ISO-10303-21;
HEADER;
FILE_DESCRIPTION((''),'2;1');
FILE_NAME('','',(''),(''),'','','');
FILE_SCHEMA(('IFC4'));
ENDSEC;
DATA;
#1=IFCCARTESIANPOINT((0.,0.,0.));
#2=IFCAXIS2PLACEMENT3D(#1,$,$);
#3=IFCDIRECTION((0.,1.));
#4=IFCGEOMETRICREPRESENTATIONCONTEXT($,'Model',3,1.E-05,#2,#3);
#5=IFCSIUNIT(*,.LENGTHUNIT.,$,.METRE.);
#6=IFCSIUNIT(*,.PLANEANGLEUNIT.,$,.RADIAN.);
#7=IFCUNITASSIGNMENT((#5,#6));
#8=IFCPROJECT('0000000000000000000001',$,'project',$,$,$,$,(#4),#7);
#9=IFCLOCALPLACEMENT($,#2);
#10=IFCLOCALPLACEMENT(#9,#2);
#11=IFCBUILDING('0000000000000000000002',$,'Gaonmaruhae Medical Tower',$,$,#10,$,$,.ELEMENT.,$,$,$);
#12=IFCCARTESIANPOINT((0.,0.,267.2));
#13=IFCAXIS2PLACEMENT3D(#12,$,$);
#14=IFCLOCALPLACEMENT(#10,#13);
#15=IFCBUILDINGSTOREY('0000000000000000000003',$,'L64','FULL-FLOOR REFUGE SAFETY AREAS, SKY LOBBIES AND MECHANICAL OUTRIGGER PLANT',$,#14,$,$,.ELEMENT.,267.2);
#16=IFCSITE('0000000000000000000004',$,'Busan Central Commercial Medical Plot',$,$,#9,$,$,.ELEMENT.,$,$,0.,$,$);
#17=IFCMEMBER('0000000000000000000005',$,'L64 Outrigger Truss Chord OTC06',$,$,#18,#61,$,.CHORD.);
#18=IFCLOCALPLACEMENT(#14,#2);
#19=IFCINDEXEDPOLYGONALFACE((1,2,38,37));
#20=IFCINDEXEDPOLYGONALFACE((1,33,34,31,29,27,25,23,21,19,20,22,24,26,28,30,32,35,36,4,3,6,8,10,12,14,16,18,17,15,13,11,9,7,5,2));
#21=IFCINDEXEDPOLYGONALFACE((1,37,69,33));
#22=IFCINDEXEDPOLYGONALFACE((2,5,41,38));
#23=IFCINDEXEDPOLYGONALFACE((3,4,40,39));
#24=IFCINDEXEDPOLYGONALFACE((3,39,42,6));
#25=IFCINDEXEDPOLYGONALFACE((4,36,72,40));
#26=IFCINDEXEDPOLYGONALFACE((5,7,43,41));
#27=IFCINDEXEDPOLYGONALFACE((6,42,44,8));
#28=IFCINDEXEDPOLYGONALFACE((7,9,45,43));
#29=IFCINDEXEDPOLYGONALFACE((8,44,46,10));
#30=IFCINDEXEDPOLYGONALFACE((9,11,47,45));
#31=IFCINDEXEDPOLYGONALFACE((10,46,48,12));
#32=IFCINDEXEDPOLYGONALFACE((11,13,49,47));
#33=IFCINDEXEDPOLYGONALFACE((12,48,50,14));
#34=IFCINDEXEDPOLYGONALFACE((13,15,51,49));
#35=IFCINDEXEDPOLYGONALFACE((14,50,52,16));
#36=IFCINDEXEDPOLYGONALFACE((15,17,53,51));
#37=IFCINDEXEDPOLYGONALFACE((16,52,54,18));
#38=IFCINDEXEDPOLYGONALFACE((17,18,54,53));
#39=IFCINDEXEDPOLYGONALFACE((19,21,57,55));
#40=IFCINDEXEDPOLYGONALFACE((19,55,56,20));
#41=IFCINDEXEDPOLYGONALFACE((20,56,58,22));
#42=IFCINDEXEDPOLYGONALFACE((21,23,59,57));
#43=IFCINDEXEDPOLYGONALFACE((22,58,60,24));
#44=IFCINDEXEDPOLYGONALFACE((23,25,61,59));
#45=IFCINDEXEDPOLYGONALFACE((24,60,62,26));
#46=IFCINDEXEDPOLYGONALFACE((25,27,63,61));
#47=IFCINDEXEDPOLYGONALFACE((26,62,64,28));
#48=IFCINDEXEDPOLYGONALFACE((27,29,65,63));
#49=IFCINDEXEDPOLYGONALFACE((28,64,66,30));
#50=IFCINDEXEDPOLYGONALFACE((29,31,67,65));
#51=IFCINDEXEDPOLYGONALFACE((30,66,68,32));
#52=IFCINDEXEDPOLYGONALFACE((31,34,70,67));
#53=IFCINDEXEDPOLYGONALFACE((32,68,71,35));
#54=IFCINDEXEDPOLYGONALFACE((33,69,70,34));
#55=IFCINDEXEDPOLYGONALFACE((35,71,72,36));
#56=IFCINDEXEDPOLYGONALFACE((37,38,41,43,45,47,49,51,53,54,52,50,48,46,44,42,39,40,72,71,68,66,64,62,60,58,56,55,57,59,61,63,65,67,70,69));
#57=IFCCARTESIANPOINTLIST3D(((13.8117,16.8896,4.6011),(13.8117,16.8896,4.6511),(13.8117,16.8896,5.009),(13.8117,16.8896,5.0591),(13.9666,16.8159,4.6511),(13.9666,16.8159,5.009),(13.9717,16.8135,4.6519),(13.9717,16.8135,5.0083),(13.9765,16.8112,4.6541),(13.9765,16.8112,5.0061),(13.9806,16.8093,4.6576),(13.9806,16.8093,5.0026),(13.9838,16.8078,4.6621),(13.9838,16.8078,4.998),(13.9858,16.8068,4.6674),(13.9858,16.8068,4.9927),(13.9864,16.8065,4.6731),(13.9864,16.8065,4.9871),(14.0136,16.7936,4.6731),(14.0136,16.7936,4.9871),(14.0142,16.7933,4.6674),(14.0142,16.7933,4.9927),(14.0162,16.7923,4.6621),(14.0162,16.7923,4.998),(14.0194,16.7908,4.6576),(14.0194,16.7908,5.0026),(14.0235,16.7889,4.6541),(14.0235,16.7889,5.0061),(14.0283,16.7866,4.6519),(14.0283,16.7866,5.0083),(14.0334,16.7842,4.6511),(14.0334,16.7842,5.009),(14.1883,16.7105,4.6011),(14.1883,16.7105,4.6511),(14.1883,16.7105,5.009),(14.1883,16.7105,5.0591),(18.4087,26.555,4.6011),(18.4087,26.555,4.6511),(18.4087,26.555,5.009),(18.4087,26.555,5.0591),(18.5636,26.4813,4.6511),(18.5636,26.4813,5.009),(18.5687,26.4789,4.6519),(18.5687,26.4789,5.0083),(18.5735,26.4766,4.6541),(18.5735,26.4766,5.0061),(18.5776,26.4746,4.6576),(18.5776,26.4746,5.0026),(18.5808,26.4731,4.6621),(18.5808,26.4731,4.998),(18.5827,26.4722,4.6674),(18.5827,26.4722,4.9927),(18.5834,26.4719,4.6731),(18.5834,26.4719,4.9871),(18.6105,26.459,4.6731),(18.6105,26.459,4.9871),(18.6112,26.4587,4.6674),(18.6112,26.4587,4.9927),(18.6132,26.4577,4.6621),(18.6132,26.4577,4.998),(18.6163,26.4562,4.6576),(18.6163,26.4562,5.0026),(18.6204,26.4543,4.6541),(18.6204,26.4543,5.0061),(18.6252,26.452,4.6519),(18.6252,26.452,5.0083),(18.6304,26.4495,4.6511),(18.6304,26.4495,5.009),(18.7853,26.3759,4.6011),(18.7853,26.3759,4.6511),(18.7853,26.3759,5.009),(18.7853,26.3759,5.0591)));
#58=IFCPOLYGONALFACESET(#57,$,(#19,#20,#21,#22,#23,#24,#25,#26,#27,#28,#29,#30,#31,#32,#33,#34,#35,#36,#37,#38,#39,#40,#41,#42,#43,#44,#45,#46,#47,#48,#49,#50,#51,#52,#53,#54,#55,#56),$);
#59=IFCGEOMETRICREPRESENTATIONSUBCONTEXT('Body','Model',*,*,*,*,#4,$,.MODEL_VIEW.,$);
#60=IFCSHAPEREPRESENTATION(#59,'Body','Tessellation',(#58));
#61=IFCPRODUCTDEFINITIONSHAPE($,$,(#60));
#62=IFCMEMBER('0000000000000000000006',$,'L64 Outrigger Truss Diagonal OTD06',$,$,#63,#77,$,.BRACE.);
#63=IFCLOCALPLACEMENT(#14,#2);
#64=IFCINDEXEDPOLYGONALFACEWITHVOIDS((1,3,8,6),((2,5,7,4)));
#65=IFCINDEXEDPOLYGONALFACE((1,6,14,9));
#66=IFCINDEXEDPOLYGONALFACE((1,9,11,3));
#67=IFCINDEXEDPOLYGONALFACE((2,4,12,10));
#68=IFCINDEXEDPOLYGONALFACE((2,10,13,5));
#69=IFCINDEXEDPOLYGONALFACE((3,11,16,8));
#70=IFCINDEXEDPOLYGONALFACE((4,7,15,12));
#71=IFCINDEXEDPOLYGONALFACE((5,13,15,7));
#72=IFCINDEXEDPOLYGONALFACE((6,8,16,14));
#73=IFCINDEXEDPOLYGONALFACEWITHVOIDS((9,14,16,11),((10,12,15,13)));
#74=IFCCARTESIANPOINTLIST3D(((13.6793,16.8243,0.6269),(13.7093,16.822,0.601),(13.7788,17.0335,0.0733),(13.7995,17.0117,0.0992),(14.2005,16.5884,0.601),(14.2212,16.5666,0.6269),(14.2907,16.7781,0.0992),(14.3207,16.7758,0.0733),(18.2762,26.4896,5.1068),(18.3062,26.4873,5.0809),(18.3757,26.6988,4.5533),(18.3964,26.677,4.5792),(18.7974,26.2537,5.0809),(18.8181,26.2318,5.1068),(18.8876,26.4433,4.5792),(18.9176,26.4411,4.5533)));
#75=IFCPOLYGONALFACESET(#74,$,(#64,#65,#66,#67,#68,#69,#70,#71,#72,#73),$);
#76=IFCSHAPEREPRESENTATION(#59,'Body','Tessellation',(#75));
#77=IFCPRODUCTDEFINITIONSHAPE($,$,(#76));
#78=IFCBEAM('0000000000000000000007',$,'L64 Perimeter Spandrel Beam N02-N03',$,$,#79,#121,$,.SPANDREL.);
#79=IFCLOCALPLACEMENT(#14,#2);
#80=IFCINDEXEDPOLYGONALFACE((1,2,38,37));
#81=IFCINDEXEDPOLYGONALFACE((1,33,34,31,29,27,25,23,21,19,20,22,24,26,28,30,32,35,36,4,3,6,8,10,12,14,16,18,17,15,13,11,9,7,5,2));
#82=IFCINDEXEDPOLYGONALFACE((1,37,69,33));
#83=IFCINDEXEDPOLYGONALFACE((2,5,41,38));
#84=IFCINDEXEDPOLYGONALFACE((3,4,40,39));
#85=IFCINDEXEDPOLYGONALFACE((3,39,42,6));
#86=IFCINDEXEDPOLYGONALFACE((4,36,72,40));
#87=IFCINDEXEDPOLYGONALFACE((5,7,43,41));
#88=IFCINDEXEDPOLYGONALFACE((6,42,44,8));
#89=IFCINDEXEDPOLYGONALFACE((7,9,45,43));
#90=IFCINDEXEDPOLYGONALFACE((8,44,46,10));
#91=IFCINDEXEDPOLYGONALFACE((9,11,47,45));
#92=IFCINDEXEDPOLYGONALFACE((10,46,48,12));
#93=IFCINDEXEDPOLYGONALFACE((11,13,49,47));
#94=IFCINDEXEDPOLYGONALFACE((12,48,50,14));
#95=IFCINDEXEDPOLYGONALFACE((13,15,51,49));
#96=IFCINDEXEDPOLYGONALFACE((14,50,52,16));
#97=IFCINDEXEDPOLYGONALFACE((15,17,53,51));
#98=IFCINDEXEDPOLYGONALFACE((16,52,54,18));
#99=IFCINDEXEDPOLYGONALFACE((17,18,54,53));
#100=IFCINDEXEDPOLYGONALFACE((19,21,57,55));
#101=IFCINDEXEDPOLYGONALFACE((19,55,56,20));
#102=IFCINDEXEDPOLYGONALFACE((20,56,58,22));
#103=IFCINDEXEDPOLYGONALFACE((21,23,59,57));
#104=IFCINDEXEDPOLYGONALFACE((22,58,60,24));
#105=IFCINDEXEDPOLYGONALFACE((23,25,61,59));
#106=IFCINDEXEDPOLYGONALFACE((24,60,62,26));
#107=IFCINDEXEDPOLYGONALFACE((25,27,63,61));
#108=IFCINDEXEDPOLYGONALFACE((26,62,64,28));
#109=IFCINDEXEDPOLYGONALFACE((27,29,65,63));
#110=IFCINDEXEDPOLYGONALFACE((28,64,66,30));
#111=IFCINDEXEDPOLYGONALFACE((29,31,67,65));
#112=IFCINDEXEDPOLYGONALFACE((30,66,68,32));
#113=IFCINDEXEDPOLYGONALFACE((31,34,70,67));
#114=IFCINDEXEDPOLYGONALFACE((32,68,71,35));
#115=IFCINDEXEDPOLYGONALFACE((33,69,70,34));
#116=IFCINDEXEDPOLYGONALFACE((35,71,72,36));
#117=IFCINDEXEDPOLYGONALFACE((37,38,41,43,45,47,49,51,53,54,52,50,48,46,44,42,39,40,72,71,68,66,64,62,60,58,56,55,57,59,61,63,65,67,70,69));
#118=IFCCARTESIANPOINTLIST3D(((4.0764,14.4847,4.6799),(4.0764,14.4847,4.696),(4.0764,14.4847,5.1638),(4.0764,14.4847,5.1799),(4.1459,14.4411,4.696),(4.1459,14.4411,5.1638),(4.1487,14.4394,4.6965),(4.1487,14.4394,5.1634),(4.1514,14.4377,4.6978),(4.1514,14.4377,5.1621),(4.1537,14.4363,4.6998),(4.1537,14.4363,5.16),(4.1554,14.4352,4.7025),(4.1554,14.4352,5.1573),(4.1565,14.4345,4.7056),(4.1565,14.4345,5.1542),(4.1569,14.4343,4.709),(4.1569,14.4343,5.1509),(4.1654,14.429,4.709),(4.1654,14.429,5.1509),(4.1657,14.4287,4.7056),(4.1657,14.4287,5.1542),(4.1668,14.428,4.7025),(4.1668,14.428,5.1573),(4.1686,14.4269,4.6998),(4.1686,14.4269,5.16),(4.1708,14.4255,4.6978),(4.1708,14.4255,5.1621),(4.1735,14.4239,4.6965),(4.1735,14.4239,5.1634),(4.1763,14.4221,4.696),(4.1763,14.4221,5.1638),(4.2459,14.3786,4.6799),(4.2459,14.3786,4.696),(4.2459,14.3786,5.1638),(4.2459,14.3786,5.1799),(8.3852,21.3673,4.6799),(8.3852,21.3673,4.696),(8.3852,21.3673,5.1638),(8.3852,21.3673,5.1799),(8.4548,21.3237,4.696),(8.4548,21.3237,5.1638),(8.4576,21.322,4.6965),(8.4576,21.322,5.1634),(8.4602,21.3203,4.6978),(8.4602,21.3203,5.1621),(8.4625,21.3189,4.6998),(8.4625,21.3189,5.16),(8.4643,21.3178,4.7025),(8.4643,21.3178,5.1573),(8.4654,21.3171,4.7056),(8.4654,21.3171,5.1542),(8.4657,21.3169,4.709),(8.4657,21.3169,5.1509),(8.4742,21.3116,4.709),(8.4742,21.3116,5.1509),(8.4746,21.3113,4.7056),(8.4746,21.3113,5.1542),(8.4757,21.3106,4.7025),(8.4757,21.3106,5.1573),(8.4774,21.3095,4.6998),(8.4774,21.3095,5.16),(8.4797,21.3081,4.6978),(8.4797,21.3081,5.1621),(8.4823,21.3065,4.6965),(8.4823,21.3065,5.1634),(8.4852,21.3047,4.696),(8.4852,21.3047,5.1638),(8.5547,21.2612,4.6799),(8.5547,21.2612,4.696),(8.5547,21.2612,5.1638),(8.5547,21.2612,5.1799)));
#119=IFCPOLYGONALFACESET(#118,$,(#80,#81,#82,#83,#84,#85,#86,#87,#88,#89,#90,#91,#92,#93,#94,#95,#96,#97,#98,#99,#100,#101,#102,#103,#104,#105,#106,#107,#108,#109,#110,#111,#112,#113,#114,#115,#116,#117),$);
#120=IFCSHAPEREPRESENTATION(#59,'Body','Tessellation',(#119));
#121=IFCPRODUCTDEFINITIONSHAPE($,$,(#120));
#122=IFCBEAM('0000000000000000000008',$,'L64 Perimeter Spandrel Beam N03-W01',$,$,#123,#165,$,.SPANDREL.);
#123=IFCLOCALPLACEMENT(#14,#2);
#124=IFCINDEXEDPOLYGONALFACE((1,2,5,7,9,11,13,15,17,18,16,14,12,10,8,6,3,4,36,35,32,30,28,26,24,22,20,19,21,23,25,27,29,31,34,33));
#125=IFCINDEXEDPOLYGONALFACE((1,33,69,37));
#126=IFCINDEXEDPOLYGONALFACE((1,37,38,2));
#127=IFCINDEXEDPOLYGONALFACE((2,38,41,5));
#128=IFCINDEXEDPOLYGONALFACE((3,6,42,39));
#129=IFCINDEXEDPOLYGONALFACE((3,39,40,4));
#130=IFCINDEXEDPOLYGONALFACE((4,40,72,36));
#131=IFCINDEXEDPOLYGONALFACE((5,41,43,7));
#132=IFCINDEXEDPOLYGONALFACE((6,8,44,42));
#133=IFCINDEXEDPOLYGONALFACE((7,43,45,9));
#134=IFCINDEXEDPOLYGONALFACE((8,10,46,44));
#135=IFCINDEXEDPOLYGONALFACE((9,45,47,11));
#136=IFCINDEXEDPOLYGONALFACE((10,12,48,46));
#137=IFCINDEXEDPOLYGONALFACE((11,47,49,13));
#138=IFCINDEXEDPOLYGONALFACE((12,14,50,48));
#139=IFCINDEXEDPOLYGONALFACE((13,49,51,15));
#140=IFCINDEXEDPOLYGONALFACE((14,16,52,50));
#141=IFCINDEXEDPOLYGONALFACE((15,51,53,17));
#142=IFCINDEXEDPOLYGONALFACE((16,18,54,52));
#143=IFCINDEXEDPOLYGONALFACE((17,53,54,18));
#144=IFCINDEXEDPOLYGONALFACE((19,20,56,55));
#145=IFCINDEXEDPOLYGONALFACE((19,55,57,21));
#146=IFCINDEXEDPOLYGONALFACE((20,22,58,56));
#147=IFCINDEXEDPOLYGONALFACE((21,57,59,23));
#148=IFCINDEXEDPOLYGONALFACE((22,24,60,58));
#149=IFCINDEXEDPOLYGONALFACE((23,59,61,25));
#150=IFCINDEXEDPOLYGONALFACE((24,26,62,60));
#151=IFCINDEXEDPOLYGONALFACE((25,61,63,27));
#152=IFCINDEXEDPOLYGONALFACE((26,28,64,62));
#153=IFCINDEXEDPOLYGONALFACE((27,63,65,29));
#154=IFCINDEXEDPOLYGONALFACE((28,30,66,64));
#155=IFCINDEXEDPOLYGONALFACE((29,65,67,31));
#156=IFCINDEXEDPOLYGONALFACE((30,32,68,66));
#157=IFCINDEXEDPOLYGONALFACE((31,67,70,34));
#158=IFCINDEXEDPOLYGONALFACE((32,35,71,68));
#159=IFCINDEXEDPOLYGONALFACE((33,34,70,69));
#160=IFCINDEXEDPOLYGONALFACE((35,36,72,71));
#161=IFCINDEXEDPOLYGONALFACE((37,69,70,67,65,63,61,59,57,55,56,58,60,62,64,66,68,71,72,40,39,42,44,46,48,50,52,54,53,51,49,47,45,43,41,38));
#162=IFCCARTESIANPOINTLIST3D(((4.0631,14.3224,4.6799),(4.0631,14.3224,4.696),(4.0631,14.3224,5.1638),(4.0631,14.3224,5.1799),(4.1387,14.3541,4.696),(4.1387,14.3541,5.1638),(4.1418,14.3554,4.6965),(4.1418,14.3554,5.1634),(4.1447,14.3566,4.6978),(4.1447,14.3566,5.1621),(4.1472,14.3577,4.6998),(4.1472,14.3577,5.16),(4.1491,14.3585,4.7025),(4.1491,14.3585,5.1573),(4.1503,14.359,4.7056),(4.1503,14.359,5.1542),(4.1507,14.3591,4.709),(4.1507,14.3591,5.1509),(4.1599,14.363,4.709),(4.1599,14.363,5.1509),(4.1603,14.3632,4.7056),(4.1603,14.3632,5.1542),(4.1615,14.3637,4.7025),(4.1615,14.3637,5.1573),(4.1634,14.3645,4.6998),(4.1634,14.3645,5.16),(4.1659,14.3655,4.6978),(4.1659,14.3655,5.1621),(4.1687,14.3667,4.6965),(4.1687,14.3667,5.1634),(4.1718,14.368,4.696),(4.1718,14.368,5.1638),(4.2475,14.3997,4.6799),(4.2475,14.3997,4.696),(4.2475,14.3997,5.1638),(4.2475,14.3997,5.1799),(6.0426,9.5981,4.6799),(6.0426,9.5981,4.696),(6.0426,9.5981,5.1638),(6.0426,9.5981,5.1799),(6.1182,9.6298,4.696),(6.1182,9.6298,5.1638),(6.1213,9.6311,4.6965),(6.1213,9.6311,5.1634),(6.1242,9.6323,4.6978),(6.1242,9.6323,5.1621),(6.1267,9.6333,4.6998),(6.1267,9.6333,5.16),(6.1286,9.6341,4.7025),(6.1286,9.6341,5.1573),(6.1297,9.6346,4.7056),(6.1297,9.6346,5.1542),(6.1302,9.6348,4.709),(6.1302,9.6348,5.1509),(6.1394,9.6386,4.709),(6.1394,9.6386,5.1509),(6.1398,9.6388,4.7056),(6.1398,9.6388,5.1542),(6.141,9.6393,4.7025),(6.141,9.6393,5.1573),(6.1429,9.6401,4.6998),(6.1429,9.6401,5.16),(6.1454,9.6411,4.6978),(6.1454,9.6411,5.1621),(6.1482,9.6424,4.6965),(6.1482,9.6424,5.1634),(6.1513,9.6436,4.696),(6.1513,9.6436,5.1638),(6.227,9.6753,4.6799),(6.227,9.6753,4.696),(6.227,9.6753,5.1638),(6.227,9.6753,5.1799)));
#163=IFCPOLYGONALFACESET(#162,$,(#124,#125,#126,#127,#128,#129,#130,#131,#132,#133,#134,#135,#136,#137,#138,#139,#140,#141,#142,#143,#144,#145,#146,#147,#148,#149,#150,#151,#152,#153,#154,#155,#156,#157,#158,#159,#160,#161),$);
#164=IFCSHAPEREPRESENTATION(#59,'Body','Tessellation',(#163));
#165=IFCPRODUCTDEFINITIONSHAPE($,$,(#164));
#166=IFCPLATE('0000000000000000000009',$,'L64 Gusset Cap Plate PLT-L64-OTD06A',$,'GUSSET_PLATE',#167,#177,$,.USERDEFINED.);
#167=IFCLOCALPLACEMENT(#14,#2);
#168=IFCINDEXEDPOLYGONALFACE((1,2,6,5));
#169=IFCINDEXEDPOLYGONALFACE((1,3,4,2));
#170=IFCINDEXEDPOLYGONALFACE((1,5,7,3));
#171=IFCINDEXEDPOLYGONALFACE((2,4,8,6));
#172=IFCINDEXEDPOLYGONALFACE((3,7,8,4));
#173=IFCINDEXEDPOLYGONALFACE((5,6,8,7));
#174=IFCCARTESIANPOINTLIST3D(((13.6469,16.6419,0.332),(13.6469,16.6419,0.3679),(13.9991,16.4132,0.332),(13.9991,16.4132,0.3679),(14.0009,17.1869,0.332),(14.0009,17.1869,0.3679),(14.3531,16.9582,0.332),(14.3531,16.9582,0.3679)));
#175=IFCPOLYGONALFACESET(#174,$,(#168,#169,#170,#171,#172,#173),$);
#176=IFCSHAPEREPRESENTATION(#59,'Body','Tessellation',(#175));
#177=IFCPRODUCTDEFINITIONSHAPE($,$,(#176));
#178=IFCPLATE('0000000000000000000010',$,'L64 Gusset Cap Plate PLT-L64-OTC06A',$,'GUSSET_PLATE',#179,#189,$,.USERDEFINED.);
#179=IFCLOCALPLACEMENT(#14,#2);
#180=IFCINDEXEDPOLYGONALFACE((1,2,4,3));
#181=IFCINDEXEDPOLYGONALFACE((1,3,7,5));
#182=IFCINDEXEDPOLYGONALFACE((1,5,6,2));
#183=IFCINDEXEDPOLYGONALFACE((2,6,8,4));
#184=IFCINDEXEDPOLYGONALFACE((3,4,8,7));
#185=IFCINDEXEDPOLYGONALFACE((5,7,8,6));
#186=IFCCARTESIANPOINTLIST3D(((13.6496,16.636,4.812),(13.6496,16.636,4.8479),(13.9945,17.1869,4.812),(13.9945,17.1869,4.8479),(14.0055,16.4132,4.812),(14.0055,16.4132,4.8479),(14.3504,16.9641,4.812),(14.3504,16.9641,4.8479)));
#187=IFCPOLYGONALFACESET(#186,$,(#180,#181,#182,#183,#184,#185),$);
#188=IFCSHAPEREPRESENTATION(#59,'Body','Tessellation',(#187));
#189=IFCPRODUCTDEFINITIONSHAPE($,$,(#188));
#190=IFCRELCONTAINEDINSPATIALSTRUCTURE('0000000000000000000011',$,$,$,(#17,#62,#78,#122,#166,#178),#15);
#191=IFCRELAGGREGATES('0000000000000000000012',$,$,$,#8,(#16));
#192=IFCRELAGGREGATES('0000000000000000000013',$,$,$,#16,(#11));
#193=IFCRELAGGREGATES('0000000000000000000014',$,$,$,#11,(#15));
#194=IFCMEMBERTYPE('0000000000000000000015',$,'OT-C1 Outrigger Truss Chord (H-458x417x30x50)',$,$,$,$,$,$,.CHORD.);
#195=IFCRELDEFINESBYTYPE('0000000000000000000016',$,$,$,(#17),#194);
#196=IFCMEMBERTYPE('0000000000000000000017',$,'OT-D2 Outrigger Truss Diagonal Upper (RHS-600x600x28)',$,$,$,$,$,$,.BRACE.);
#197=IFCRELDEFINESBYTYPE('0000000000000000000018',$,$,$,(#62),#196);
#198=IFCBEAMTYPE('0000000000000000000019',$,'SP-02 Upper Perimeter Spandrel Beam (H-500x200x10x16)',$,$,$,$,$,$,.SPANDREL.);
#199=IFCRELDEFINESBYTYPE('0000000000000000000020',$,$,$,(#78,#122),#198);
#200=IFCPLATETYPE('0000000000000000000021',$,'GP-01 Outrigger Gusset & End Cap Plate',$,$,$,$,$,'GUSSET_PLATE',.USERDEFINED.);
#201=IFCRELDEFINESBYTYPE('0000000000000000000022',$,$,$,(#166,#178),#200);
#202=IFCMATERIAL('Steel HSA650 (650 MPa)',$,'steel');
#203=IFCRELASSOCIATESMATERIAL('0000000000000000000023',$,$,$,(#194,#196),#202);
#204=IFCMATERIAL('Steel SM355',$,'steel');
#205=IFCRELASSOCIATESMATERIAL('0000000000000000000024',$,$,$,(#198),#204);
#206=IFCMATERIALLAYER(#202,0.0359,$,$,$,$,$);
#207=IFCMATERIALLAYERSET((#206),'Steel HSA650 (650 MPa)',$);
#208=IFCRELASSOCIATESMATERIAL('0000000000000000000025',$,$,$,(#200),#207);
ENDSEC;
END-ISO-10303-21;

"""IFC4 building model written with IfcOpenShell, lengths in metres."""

from ifc_helpers import new_model, si_unit, direction, frame, origin, origin_2d, place, context, subcontext, project, spatial, rectangle, hollow_rectangle, i_section, extrude, material, layer, layer_set, material_profile, profile_set, type_object, element, save


model = new_model("IFC4")

# Units and contexts
model_context = context("Model", 3, precision=1e-05, world=origin(), true_north=direction((0.0, 1.0)))
body_context = subcontext(model_context, "Body", "Model", "MODEL_VIEW")
ifc_project = project(units=[si_unit("LENGTHUNIT", "METRE"), si_unit("PLANEANGLEUNIT", "RADIAN")], contexts=[model_context])

# Site, building, storey
site_placement = place(None, origin())
site = spatial("IfcSite", under=ifc_project, at=site_placement, Name="Busan Central Commercial Medical Plot", CompositionType="ELEMENT", RefElevation=0.0)
building_placement = place(site_placement, origin())
building = spatial("IfcBuilding", under=site, at=building_placement, Name="Gaonmaruhae Medical Tower", CompositionType="ELEMENT")
storey_placement = place(building_placement, frame((0.0, 0.0, 267.2)))
storey = spatial("IfcBuildingStorey", under=building, at=storey_placement, Name="L64", Description="FULL-FLOOR REFUGE SAFETY AREAS, SKY LOBBIES AND MECHANICAL OUTRIGGER PLANT", CompositionType="ELEMENT", Elevation=267.2)

# Shared definitions
ifc_material_1 = material(Name="Steel HSA650 (650 MPa)", Category="steel")

# Members
ifc_material_profile_1 = material_profile(ifc_material_1, i_section(OverallWidth=0.417, OverallDepth=0.458, WebThickness=0.03, FlangeThickness=0.05, FilletRadius=0.022, at=origin_2d()), Name="H-458x417x30x50")
ifc_profile_set_1 = profile_set([ifc_material_profile_1], Name="Steel HSA650 (650 MPa)")
member_type_1 = type_object("IfcMemberType", Name="OT-C1 Outrigger Truss Chord (H-458x417x30x50)", PredefinedType="CHORD", material=ifc_profile_set_1)
member_1_placement = place(storey_placement, frame((14.0, 16.8, 4.8301), z_axis=(0.429508, 0.903063, 0.0), x_axis=(-0.903063, 0.429508, 0.0)))
element("IfcMember", 1, at=member_1_placement, inside=storey, type_object=member_type_1, Name="L64 Outrigger Truss Chord OTC06", PredefinedType="CHORD", context=body_context, shape_type="SweptSolid", body=[
    extrude(i_section(OverallWidth=0.417, OverallDepth=0.458, WebThickness=0.03, FlangeThickness=0.05, FilletRadius=0.022, at=origin_2d()), origin(), (0.0, 0.0, 1.0), 10.7029),
])
ifc_material_profile_2 = material_profile(ifc_material_1, hollow_rectangle(XDim=0.6001, YDim=0.6001, WallThickness=0.0281, at=origin_2d()), Name="RHS-600x600x28")
ifc_profile_set_2 = profile_set([ifc_material_profile_2], Name="Steel HSA650 (650 MPa)")
member_type_2 = type_object("IfcMemberType", Name="OT-D2 Outrigger Truss Diagonal Upper (RHS-600x600x28)", PredefinedType="BRACE", material=ifc_profile_set_2)
member_2_placement = place(storey_placement, frame((14.0, 16.8, 0.3501), z_axis=(0.396199, 0.83303, 0.38612), x_axis=(-0.903063, 0.429508, 0.0)))
element("IfcMember", 2, at=member_2_placement, inside=storey, type_object=member_type_2, Name="L64 Outrigger Truss Diagonal OTD06", PredefinedType="BRACE", context=body_context, shape_type="SweptSolid", body=[
    extrude(hollow_rectangle(XDim=0.6001, YDim=0.6001, WallThickness=0.0281, at=origin_2d()), origin(), (0.0, 0.0, 1.0), 11.6025),
])

# Beams
ifc_material_2 = material(Name="Steel SM355", Category="steel")
ifc_material_profile_3 = material_profile(ifc_material_2, i_section(OverallWidth=0.2, OverallDepth=0.5, WebThickness=0.01, FlangeThickness=0.0161, FilletRadius=0.0129, at=origin_2d()), Name="H-500x200x10x16")
ifc_profile_set_3 = profile_set([ifc_material_profile_3], Name="Steel SM355")
beam_type_1 = type_object("IfcBeamType", Name="SP-02 Upper Perimeter Spandrel Beam (H-500x200x10x16)", PredefinedType="SPANDREL", material=ifc_profile_set_3)
beam_1_placement = place(storey_placement, frame((8.47, 21.3142, 4.9299), z_axis=(-0.530639, -0.847598, 0.0), x_axis=(0.847598, -0.530639, 0.0)))
element("IfcBeam", 3, at=beam_1_placement, inside=storey, type_object=beam_type_1, Name="L64 Perimeter Spandrel Beam N02-N03", PredefinedType="SPANDREL", context=body_context, shape_type="SweptSolid", body=[
    extrude(i_section(OverallWidth=0.2, OverallDepth=0.5, WebThickness=0.01, FlangeThickness=0.0161, FilletRadius=0.0129, at=origin_2d()), origin(), (0.0, 0.0, 1.0), 8.1201),
])
beam_2_placement = place(storey_placement, frame((4.1553, 14.3611, 4.9299), z_axis=(0.386446, -0.922312, 0.0), x_axis=(0.922312, 0.386446, 0.0)))
element("IfcBeam", 4, at=beam_2_placement, inside=storey, type_object=beam_type_1, Name="L64 Perimeter Spandrel Beam N03-W01", PredefinedType="SPANDREL", context=body_context, shape_type="SweptSolid", body=[
    extrude(i_section(OverallWidth=0.2, OverallDepth=0.5, WebThickness=0.01, FlangeThickness=0.0161, FilletRadius=0.0129, at=origin_2d()), origin(), (0.0, 0.0, 1.0), 5.1223),
])

# Plates
ifc_layer_1 = layer(ifc_material_1, 0.0359)
ifc_layer_set_1 = layer_set([ifc_layer_1], Name="Steel HSA650 (650 MPa)")
plate_type_1 = type_object("IfcPlateType", Name="GP-01 Outrigger Gusset & End Cap Plate", ElementType="GUSSET_PLATE", PredefinedType="USERDEFINED", material=ifc_layer_set_1)
for number, where, z_axis, x_axis, name in (
    (5, (14.0, 16.8, 0.332), (0.0, 0.0, 1.0), (0.544639, 0.838671, 0.0), "L64 Gusset Cap Plate PLT-L64-OTD06A"),
    (6, (14.0, 16.8, 4.812), (0.0, 0.0, 1.0), (0.530659, 0.847585, 0.0), "L64 Gusset Cap Plate PLT-L64-OTC06A"),
):
    element("IfcPlate", number, at=place(storey_placement, frame(where, z_axis=z_axis, x_axis=x_axis)), inside=storey, type_object=plate_type_1, Name=name, ObjectType="GUSSET_PLATE", PredefinedType="USERDEFINED", context=body_context, shape_type="SweptSolid", body=[
        extrude(rectangle(XDim=0.6499, YDim=0.4199, at=origin_2d()), origin(), (0.0, 0.0, 1.0), 0.0359),
    ])

save(model, "model.ifc")
